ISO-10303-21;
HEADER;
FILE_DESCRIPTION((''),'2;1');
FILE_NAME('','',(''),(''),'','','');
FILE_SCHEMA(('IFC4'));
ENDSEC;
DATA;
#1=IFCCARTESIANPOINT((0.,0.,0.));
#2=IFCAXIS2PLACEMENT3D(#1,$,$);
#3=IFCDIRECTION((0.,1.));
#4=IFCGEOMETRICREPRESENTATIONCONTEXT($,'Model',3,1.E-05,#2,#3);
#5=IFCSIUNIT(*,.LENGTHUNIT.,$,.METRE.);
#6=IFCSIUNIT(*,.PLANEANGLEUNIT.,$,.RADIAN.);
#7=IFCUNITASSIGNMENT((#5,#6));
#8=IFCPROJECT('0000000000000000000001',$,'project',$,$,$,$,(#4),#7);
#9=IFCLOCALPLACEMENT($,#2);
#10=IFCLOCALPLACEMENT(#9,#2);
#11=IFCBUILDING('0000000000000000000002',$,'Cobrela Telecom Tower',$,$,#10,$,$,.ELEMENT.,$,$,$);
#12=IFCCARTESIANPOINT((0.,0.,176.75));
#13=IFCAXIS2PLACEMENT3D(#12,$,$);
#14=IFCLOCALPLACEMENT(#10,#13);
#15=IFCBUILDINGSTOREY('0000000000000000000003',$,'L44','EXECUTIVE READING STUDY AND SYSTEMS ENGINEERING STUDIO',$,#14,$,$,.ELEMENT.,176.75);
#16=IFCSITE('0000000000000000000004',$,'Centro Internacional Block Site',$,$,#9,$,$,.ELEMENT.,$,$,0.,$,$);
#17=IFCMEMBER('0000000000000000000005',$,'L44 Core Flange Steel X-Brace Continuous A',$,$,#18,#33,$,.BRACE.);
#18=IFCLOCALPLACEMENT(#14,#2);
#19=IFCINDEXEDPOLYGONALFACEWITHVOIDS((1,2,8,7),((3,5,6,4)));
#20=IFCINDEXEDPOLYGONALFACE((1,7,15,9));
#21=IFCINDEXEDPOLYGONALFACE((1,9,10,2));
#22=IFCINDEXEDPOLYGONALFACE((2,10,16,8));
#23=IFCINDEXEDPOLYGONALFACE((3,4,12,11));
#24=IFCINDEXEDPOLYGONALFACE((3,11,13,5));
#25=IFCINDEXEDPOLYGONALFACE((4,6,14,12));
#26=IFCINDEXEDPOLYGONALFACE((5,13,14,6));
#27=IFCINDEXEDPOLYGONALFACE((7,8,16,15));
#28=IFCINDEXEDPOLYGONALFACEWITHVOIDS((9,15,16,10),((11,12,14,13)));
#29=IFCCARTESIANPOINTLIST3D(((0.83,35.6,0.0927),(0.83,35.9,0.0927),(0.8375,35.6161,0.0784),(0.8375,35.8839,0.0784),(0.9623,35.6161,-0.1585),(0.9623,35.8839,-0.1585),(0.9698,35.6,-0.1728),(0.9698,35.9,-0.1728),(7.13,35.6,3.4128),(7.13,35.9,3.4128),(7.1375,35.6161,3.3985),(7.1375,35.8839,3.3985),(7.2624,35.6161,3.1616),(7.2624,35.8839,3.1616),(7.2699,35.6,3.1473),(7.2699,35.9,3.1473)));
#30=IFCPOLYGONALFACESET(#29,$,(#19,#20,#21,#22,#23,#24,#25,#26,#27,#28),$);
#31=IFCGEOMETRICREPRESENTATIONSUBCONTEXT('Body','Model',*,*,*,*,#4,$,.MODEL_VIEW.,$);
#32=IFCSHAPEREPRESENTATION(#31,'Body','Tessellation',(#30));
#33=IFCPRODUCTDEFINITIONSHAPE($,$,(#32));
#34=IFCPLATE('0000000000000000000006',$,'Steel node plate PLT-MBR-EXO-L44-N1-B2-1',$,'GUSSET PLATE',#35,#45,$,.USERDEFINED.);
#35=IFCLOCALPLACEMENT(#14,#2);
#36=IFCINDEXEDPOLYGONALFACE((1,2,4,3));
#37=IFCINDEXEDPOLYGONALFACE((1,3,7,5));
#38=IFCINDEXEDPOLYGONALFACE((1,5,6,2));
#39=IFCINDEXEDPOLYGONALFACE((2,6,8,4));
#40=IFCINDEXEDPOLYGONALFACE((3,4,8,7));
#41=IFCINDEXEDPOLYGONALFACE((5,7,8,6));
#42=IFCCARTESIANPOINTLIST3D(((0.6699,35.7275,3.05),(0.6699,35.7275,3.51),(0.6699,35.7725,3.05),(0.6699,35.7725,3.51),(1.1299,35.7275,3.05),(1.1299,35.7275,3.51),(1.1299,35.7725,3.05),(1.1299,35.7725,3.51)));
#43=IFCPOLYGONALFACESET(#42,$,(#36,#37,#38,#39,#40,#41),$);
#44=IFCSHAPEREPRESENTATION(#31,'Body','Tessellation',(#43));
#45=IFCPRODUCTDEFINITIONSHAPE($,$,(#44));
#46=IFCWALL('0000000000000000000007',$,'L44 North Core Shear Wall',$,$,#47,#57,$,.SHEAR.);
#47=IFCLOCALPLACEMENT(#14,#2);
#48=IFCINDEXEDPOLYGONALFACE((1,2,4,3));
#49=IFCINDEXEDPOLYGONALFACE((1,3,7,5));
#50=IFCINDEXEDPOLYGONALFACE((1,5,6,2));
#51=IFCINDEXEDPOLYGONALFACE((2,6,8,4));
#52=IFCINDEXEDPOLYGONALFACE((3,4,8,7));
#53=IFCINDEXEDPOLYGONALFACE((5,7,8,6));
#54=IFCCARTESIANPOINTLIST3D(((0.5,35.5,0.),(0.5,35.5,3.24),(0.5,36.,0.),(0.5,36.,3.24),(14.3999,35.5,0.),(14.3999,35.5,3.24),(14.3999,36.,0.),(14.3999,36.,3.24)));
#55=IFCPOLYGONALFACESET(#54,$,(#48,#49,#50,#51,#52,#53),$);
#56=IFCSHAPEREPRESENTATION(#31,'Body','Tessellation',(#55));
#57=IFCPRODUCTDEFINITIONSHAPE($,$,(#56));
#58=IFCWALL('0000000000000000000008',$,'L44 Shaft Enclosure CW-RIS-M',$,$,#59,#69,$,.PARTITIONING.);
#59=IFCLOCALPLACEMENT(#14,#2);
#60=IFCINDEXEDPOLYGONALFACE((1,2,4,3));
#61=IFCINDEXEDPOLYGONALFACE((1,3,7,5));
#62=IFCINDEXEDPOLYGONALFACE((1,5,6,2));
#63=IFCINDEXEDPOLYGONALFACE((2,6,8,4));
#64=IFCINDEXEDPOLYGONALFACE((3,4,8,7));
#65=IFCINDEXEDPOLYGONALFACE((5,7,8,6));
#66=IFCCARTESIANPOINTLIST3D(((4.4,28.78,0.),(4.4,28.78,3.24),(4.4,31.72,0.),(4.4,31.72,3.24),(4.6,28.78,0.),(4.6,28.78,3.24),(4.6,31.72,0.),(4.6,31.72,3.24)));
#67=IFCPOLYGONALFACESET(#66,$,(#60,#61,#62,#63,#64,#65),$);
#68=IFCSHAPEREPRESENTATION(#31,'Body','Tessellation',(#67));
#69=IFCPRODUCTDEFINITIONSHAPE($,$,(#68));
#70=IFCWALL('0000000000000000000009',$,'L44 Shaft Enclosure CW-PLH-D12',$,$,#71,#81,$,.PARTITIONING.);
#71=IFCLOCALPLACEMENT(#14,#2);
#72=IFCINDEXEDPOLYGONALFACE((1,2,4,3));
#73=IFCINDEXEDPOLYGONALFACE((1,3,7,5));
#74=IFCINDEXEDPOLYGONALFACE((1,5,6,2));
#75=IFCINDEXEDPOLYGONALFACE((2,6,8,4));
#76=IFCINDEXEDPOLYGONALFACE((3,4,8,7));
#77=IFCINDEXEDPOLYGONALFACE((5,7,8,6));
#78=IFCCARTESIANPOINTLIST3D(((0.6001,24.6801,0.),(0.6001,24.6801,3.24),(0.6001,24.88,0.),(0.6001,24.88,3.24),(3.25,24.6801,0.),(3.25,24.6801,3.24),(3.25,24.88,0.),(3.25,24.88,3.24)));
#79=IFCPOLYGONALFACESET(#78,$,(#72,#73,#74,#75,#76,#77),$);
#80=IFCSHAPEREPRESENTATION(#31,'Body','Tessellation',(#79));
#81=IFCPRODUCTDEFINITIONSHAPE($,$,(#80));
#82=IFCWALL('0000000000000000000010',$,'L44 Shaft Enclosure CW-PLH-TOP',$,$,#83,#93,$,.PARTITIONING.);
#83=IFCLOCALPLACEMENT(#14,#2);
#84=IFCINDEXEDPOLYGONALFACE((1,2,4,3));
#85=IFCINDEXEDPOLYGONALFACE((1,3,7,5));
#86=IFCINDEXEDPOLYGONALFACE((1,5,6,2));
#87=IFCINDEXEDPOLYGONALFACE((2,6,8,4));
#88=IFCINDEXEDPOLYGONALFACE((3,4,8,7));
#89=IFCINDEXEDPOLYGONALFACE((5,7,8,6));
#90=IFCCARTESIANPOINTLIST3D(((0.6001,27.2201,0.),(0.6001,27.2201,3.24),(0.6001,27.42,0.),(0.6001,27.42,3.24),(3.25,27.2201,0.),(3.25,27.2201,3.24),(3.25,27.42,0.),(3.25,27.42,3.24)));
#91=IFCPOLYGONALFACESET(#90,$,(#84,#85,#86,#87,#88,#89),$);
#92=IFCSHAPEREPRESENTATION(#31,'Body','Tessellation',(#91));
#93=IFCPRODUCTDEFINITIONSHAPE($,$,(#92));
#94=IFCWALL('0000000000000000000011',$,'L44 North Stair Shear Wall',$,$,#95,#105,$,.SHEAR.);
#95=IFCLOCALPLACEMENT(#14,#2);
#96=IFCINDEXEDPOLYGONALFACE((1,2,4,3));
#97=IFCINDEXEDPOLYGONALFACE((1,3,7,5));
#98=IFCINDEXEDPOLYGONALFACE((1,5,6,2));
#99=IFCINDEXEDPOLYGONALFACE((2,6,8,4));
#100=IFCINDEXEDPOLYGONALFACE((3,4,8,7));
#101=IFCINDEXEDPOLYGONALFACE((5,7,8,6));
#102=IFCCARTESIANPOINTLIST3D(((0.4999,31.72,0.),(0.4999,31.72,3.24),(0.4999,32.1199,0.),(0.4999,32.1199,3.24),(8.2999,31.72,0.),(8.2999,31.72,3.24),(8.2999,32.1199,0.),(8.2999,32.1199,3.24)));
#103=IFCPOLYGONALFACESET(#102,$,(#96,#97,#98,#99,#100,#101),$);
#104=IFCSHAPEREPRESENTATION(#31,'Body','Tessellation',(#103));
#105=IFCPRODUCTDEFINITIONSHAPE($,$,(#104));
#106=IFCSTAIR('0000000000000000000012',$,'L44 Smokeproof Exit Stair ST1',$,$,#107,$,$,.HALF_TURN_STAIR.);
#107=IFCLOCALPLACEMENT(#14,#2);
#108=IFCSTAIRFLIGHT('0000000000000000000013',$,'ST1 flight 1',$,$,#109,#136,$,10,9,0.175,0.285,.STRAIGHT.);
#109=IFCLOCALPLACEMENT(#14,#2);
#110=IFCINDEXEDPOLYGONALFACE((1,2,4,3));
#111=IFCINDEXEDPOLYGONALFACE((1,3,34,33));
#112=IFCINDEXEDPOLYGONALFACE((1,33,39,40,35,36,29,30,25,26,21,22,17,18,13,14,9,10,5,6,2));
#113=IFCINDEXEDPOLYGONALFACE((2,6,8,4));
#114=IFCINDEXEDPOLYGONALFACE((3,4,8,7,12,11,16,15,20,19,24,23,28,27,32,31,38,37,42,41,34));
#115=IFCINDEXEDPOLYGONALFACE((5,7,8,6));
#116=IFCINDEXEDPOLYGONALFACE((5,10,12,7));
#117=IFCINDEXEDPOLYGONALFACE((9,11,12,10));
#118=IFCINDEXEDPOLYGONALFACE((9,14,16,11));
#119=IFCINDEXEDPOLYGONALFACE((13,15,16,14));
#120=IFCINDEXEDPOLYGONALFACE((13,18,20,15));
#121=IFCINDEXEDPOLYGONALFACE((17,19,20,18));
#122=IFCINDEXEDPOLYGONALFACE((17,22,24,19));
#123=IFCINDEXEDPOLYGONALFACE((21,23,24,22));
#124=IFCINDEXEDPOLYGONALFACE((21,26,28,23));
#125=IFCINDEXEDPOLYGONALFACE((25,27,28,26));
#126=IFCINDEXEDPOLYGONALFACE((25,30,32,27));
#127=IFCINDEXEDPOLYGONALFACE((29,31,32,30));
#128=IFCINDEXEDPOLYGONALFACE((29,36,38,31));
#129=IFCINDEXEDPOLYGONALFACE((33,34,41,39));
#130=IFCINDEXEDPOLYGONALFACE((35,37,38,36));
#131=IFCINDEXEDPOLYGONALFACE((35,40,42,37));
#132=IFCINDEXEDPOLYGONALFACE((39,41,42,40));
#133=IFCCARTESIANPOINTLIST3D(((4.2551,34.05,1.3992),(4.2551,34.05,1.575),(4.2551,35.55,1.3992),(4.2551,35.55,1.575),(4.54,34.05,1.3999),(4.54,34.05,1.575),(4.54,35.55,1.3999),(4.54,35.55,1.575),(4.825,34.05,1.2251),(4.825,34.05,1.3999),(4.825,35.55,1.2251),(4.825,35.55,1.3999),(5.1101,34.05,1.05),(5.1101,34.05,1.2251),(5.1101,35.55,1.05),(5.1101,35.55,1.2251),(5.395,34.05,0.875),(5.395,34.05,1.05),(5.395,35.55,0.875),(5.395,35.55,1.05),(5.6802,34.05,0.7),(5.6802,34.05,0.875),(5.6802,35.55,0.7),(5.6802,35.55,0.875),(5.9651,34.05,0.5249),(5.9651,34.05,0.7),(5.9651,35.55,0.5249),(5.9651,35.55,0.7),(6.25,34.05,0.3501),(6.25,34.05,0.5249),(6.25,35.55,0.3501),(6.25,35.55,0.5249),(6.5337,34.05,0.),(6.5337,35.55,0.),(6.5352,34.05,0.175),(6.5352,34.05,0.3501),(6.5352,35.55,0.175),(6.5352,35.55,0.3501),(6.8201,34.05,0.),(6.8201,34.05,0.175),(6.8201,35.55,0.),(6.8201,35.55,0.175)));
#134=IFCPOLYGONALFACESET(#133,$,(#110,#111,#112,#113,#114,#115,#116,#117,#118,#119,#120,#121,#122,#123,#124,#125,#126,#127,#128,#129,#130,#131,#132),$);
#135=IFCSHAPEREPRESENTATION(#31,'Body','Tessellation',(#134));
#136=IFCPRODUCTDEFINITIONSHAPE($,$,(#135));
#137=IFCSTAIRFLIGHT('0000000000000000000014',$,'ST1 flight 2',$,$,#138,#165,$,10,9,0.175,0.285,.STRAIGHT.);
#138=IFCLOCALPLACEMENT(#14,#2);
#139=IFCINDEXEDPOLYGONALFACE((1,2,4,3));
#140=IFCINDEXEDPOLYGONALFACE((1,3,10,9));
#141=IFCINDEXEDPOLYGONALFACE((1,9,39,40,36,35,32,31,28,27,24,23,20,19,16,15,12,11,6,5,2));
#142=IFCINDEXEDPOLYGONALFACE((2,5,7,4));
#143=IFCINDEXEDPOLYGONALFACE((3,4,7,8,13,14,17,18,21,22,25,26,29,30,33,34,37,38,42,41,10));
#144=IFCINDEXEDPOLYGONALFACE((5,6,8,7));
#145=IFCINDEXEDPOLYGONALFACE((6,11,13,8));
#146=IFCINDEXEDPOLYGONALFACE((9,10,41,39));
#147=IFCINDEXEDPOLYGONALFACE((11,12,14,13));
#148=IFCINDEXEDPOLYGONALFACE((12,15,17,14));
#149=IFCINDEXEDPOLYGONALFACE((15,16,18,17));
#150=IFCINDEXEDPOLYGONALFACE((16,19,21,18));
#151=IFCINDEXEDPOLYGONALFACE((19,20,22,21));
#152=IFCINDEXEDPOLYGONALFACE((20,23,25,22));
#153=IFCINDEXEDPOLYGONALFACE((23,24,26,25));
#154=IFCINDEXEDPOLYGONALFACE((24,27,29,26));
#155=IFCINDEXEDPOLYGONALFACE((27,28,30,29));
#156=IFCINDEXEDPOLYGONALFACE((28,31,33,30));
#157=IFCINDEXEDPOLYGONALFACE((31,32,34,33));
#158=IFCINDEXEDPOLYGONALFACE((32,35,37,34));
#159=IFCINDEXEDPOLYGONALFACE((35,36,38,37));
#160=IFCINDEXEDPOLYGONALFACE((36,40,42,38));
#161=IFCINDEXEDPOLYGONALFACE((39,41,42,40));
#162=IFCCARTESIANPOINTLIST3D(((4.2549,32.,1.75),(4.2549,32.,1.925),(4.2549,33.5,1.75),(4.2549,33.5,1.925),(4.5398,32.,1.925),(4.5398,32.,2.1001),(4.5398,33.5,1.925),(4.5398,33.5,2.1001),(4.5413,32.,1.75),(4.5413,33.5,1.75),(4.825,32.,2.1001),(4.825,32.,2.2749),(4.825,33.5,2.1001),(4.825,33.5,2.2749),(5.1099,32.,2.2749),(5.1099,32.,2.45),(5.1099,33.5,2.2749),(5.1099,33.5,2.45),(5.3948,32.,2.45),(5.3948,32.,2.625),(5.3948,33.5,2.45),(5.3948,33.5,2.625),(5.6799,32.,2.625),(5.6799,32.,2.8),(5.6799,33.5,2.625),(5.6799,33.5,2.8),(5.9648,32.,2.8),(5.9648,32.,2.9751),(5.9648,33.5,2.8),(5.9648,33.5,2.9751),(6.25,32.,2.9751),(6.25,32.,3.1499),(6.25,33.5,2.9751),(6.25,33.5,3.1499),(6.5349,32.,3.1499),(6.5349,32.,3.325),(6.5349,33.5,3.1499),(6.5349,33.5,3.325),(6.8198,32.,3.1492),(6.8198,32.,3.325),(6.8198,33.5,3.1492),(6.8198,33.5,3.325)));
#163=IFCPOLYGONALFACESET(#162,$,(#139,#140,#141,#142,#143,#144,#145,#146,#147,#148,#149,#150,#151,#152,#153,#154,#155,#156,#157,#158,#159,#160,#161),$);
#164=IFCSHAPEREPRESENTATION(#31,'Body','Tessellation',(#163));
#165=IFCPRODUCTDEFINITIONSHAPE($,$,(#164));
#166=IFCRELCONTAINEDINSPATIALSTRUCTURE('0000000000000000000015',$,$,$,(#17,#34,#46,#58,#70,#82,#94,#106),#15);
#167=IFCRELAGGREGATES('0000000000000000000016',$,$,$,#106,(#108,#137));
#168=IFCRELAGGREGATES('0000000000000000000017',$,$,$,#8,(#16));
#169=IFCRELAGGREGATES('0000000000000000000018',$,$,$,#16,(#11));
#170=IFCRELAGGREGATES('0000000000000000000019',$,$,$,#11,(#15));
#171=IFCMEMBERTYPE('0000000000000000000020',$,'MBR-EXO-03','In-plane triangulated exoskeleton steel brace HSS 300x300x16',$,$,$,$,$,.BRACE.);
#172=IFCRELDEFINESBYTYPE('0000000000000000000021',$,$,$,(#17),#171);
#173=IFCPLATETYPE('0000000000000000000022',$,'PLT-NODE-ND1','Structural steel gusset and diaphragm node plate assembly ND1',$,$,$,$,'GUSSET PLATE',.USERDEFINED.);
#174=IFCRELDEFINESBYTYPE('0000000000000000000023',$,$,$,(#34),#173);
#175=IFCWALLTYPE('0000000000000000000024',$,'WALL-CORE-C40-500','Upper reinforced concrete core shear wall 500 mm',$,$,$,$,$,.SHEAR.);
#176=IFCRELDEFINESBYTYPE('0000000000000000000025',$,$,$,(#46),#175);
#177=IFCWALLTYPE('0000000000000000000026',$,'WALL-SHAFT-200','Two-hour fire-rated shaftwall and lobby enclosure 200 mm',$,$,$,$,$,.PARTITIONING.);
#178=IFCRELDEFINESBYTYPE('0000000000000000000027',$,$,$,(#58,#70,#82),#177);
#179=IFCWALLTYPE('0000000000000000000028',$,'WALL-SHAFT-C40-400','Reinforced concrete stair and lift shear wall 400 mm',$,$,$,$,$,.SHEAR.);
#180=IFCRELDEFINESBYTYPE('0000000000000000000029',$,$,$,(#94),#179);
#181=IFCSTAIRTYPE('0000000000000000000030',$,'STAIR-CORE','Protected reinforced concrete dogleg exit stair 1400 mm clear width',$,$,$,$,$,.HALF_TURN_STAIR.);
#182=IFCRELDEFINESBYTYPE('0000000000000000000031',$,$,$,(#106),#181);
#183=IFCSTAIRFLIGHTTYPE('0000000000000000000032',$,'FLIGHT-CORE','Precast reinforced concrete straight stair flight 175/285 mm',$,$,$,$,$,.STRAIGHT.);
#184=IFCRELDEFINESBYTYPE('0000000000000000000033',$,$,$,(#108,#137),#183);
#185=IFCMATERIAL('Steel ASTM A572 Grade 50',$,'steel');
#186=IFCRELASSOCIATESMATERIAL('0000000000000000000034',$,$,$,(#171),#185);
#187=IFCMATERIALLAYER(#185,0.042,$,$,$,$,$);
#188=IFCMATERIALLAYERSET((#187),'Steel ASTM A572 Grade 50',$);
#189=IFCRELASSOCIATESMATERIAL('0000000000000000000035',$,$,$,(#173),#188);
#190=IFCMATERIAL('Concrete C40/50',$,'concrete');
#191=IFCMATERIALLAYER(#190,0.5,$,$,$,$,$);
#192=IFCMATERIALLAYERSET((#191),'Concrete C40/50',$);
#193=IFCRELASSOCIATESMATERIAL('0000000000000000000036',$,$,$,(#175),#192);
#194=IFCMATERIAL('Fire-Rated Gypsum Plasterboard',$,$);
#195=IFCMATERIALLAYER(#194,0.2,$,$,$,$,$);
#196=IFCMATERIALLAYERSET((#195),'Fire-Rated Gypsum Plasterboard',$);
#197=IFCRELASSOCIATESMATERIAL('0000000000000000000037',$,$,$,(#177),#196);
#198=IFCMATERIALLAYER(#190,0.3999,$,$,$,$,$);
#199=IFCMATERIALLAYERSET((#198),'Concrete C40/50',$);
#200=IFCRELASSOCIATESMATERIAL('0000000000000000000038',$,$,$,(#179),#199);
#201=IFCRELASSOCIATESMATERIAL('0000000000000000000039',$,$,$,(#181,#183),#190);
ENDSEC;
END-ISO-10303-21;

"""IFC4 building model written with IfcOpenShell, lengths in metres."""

from ifc_helpers import new_model, si_unit, direction, frame, frame_2d, origin, origin_2d, place, context, subcontext, project, spatial, polyline, rectangle, hollow_rectangle, outline, extrude, material, layer, layer_set, material_profile, profile_set, type_object, element, aggregate, save


model = new_model("IFC4")

# Units and contexts
model_context = context("Model", 3, precision=1e-05, world=origin(), true_north=direction((0.0, 1.0)))
body_context = subcontext(model_context, "Body", "Model", "MODEL_VIEW")
ifc_project = project(units=[si_unit("LENGTHUNIT", "METRE"), si_unit("PLANEANGLEUNIT", "RADIAN")], contexts=[model_context])

# Site, building, storey
site_placement = place(None, origin())
site = spatial("IfcSite", under=ifc_project, at=site_placement, Name="Centro Internacional Block Site", CompositionType="ELEMENT", RefElevation=0.0)
building_placement = place(site_placement, origin())
building = spatial("IfcBuilding", under=site, at=building_placement, Name="Cobrela Telecom Tower", CompositionType="ELEMENT")
storey_placement = place(building_placement, frame((0.0, 0.0, 176.75)))
storey = spatial("IfcBuildingStorey", under=building, at=storey_placement, Name="L44", Description="EXECUTIVE READING STUDY AND SYSTEMS ENGINEERING STUDIO", CompositionType="ELEMENT", Elevation=176.75)

# Member
ifc_material_1 = material(Name="Steel ASTM A572 Grade 50", Category="steel")
ifc_material_profile = material_profile(ifc_material_1, hollow_rectangle(XDim=0.3, YDim=0.3, WallThickness=0.0161, at=origin_2d()), Name="HSS 300x300x16")
ifc_profile_set = profile_set([ifc_material_profile], Name="Steel ASTM A572 Grade 50")
member_type = type_object("IfcMemberType", Name="MBR-EXO-03", Description="In-plane triangulated exoskeleton steel brace HSS 300x300x16", PredefinedType="BRACE", material=ifc_profile_set)
member_placement = place(storey_placement, frame((0.8999, 35.75, -0.04), z_axis=(0.884672, 0.0, 0.466214), x_axis=(0.0, 1.0, 0.0)))
element("IfcMember", 1, at=member_placement, inside=storey, type_object=member_type, Name="L44 Core Flange Steel X-Brace Continuous A", PredefinedType="BRACE", context=body_context, shape_type="SweptSolid", body=[
    extrude(hollow_rectangle(XDim=0.3, YDim=0.3, WallThickness=0.0161, at=origin_2d()), origin(), (0.0, 0.0, 1.0), 7.1213),
])

# Plate
ifc_layer_1 = layer(ifc_material_1, 0.042)
ifc_layer_set_1 = layer_set([ifc_layer_1], Name="Steel ASTM A572 Grade 50")
plate_type = type_object("IfcPlateType", Name="PLT-NODE-ND1", Description="Structural steel gusset and diaphragm node plate assembly ND1", ElementType="GUSSET PLATE", PredefinedType="USERDEFINED", material=ifc_layer_set_1)
plate_placement = place(storey_placement, frame((0.8999, 35.75, 3.05), z_axis=(0.0, 0.0, 1.0), x_axis=(-1.0, 0.0, 0.0)))
element("IfcPlate", 2, at=plate_placement, inside=storey, type_object=plate_type, Name="Steel node plate PLT-MBR-EXO-L44-N1-B2-1", ObjectType="GUSSET PLATE", PredefinedType="USERDEFINED", context=body_context, shape_type="SweptSolid", body=[
    extrude(rectangle(XDim=0.46, YDim=0.0449, at=origin_2d()), origin(), (0.0, 0.0, 1.0), 0.46),
])

# Wall
ifc_material_2 = material(Name="Concrete C40/50", Category="concrete")
ifc_layer_2 = layer(ifc_material_2, 0.5)
ifc_layer_set_2 = layer_set([ifc_layer_2], Name="Concrete C40/50")
wall_type_1 = type_object("IfcWallType", Name="WALL-CORE-C40-500", Description="Upper reinforced concrete core shear wall 500 mm", PredefinedType="SHEAR", material=ifc_layer_set_2)
wall_1_placement = place(storey_placement, frame((0.5, 35.75, 0.0), z_axis=(0.0, 0.0, 1.0), x_axis=(1.0, 0.0, 0.0)))
element("IfcWall", 3, at=wall_1_placement, inside=storey, type_object=wall_type_1, Name="L44 North Core Shear Wall", PredefinedType="SHEAR", context=body_context, shape_type="SweptSolid", body=[
    extrude(rectangle(XDim=13.8999, YDim=0.5, at=frame_2d((6.95, 0.0))), origin(), (0.0, 0.0, 1.0), 3.24),
])

# Shared definitions
ifc_material_3 = material(Name="Fire-Rated Gypsum Plasterboard")
ifc_layer_3 = layer(ifc_material_3, 0.2)
ifc_layer_set_3 = layer_set([ifc_layer_3], Name="Fire-Rated Gypsum Plasterboard")
wall_type_2 = type_object("IfcWallType", Name="WALL-SHAFT-200", Description="Two-hour fire-rated shaftwall and lobby enclosure 200 mm", PredefinedType="PARTITIONING", material=ifc_layer_set_3)

# Walls
wall_2_placement = place(storey_placement, frame((4.5, 28.78, 0.0), z_axis=(0.0, 0.0, 1.0), x_axis=(0.0, 1.0, 0.0)))
element("IfcWall", 4, at=wall_2_placement, inside=storey, type_object=wall_type_2, Name="L44 Shaft Enclosure CW-RIS-M", PredefinedType="PARTITIONING", context=body_context, shape_type="SweptSolid", body=[
    extrude(rectangle(XDim=2.9399, YDim=0.2, at=frame_2d((1.47, 0.0))), origin(), (0.0, 0.0, 1.0), 3.24),
])
for number, where, z_axis, x_axis, name in (
    (5, (0.6001, 24.78, 0.0), (0.0, 0.0, 1.0), (1.0, 0.0, 0.0), "L44 Shaft Enclosure CW-PLH-D12"),
    (6, (0.6001, 27.3201, 0.0), (0.0, 0.0, 1.0), (1.0, 0.0, 0.0), "L44 Shaft Enclosure CW-PLH-TOP"),
):
    element("IfcWall", number, at=place(storey_placement, frame(where, z_axis=z_axis, x_axis=x_axis)), inside=storey, type_object=wall_type_2, Name=name, PredefinedType="PARTITIONING", context=body_context, shape_type="SweptSolid", body=[
        extrude(rectangle(XDim=2.6499, YDim=0.2, at=frame_2d((1.325, 0.0))), origin(), (0.0, 0.0, 1.0), 3.24),
    ])
ifc_layer_4 = layer(ifc_material_2, 0.3999)
ifc_layer_set_4 = layer_set([ifc_layer_4], Name="Concrete C40/50")
wall_type_3 = type_object("IfcWallType", Name="WALL-SHAFT-C40-400", Description="Reinforced concrete stair and lift shear wall 400 mm", PredefinedType="SHEAR", material=ifc_layer_set_4)
wall_3_placement = place(storey_placement, frame((0.5, 31.9199, 0.0), z_axis=(0.0, 0.0, 1.0), x_axis=(1.0, 0.0, 0.0)))
element("IfcWall", 7, at=wall_3_placement, inside=storey, type_object=wall_type_3, Name="L44 North Stair Shear Wall", PredefinedType="SHEAR", context=body_context, shape_type="SweptSolid", body=[
    extrude(rectangle(XDim=7.8, YDim=0.3999, at=frame_2d((3.8999, 0.0))), origin(), (0.0, 0.0, 1.0), 3.24),
])

# Stair, stair flights
stair_type = type_object("IfcStairType", Name="STAIR-CORE", Description="Protected reinforced concrete dogleg exit stair 1400 mm clear width", PredefinedType="HALF_TURN_STAIR", material=ifc_material_2)
stair_placement = place(storey_placement, origin())
stair = element("IfcStair", 8, at=stair_placement, inside=storey, type_object=stair_type, Name="L44 Smokeproof Exit Stair ST1", PredefinedType="HALF_TURN_STAIR")
stair_flight_type = type_object("IfcStairFlightType", Name="FLIGHT-CORE", Description="Precast reinforced concrete straight stair flight 175/285 mm", PredefinedType="STRAIGHT", material=ifc_material_2)
stair_flight_1_placement = place(storey_placement, frame((6.8201, 34.8, 0.0), z_axis=(0.0, 0.0, 1.0), x_axis=(-1.0, 0.0, 0.0)))
stair_flight_1 = element("IfcStairFlight", 9, at=stair_flight_1_placement, type_object=stair_flight_type, Name="ST1 flight 1", NumberOfRisers=10, NumberOfTreads=9, PredefinedType="STRAIGHT", RiserHeight=0.175, TreadLength=0.285, context=body_context, shape_type="SweptSolid", body=[
    extrude(outline(polyline([(0.0, 0.0), (0.0, 0.175), (0.2849, 0.175), (0.2849, 0.3501), (0.5701, 0.3501), (0.5701, 0.5249), (0.855, 0.5249), (0.855, 0.7), (1.1399, 0.7), (1.1399, 0.875), (1.425, 0.875), (1.425, 1.05), (1.71, 1.05), (1.71, 1.2251), (1.9951, 1.2251), (1.9951, 1.3999), (2.28, 1.3999), (2.28, 1.575), (2.5649, 1.575), (2.5649, 1.75), (2.5649, 1.3992), (0.2864, 0.0), (0.0, 0.0)])), frame((0.0, 0.75, 0.0), z_axis=(0.0, -1.0, 0.0), x_axis=(1.0, 0.0, 0.0)), (0.0, 0.0, 1.0), 1.5),
])
stair_flight_2_placement = place(storey_placement, frame((4.2549, 32.75, 1.75), z_axis=(0.0, 0.0, 1.0), x_axis=(1.0, 0.0, 0.0)))
stair_flight_2 = element("IfcStairFlight", 10, at=stair_flight_2_placement, type_object=stair_flight_type, Name="ST1 flight 2", NumberOfRisers=10, NumberOfTreads=9, PredefinedType="STRAIGHT", RiserHeight=0.175, TreadLength=0.285, context=body_context, shape_type="SweptSolid", body=[
    extrude(outline(polyline([(0.0, 0.0), (0.0, 0.175), (0.2849, 0.175), (0.2849, 0.3501), (0.5701, 0.3501), (0.5701, 0.5249), (0.855, 0.5249), (0.855, 0.7), (1.1399, 0.7), (1.1399, 0.875), (1.425, 0.875), (1.425, 1.05), (1.71, 1.05), (1.71, 1.2251), (1.9951, 1.2251), (1.9951, 1.3999), (2.28, 1.3999), (2.28, 1.575), (2.5649, 1.575), (2.5649, 1.75), (2.5649, 1.3992), (0.2864, 0.0), (0.0, 0.0)])), frame((0.0, 0.75, 0.0), z_axis=(0.0, -1.0, 0.0), x_axis=(1.0, 0.0, 0.0)), (0.0, 0.0, 1.0), 1.5),
])
aggregate(stair, [stair_flight_1, stair_flight_2])

save(model, "model.ifc")
